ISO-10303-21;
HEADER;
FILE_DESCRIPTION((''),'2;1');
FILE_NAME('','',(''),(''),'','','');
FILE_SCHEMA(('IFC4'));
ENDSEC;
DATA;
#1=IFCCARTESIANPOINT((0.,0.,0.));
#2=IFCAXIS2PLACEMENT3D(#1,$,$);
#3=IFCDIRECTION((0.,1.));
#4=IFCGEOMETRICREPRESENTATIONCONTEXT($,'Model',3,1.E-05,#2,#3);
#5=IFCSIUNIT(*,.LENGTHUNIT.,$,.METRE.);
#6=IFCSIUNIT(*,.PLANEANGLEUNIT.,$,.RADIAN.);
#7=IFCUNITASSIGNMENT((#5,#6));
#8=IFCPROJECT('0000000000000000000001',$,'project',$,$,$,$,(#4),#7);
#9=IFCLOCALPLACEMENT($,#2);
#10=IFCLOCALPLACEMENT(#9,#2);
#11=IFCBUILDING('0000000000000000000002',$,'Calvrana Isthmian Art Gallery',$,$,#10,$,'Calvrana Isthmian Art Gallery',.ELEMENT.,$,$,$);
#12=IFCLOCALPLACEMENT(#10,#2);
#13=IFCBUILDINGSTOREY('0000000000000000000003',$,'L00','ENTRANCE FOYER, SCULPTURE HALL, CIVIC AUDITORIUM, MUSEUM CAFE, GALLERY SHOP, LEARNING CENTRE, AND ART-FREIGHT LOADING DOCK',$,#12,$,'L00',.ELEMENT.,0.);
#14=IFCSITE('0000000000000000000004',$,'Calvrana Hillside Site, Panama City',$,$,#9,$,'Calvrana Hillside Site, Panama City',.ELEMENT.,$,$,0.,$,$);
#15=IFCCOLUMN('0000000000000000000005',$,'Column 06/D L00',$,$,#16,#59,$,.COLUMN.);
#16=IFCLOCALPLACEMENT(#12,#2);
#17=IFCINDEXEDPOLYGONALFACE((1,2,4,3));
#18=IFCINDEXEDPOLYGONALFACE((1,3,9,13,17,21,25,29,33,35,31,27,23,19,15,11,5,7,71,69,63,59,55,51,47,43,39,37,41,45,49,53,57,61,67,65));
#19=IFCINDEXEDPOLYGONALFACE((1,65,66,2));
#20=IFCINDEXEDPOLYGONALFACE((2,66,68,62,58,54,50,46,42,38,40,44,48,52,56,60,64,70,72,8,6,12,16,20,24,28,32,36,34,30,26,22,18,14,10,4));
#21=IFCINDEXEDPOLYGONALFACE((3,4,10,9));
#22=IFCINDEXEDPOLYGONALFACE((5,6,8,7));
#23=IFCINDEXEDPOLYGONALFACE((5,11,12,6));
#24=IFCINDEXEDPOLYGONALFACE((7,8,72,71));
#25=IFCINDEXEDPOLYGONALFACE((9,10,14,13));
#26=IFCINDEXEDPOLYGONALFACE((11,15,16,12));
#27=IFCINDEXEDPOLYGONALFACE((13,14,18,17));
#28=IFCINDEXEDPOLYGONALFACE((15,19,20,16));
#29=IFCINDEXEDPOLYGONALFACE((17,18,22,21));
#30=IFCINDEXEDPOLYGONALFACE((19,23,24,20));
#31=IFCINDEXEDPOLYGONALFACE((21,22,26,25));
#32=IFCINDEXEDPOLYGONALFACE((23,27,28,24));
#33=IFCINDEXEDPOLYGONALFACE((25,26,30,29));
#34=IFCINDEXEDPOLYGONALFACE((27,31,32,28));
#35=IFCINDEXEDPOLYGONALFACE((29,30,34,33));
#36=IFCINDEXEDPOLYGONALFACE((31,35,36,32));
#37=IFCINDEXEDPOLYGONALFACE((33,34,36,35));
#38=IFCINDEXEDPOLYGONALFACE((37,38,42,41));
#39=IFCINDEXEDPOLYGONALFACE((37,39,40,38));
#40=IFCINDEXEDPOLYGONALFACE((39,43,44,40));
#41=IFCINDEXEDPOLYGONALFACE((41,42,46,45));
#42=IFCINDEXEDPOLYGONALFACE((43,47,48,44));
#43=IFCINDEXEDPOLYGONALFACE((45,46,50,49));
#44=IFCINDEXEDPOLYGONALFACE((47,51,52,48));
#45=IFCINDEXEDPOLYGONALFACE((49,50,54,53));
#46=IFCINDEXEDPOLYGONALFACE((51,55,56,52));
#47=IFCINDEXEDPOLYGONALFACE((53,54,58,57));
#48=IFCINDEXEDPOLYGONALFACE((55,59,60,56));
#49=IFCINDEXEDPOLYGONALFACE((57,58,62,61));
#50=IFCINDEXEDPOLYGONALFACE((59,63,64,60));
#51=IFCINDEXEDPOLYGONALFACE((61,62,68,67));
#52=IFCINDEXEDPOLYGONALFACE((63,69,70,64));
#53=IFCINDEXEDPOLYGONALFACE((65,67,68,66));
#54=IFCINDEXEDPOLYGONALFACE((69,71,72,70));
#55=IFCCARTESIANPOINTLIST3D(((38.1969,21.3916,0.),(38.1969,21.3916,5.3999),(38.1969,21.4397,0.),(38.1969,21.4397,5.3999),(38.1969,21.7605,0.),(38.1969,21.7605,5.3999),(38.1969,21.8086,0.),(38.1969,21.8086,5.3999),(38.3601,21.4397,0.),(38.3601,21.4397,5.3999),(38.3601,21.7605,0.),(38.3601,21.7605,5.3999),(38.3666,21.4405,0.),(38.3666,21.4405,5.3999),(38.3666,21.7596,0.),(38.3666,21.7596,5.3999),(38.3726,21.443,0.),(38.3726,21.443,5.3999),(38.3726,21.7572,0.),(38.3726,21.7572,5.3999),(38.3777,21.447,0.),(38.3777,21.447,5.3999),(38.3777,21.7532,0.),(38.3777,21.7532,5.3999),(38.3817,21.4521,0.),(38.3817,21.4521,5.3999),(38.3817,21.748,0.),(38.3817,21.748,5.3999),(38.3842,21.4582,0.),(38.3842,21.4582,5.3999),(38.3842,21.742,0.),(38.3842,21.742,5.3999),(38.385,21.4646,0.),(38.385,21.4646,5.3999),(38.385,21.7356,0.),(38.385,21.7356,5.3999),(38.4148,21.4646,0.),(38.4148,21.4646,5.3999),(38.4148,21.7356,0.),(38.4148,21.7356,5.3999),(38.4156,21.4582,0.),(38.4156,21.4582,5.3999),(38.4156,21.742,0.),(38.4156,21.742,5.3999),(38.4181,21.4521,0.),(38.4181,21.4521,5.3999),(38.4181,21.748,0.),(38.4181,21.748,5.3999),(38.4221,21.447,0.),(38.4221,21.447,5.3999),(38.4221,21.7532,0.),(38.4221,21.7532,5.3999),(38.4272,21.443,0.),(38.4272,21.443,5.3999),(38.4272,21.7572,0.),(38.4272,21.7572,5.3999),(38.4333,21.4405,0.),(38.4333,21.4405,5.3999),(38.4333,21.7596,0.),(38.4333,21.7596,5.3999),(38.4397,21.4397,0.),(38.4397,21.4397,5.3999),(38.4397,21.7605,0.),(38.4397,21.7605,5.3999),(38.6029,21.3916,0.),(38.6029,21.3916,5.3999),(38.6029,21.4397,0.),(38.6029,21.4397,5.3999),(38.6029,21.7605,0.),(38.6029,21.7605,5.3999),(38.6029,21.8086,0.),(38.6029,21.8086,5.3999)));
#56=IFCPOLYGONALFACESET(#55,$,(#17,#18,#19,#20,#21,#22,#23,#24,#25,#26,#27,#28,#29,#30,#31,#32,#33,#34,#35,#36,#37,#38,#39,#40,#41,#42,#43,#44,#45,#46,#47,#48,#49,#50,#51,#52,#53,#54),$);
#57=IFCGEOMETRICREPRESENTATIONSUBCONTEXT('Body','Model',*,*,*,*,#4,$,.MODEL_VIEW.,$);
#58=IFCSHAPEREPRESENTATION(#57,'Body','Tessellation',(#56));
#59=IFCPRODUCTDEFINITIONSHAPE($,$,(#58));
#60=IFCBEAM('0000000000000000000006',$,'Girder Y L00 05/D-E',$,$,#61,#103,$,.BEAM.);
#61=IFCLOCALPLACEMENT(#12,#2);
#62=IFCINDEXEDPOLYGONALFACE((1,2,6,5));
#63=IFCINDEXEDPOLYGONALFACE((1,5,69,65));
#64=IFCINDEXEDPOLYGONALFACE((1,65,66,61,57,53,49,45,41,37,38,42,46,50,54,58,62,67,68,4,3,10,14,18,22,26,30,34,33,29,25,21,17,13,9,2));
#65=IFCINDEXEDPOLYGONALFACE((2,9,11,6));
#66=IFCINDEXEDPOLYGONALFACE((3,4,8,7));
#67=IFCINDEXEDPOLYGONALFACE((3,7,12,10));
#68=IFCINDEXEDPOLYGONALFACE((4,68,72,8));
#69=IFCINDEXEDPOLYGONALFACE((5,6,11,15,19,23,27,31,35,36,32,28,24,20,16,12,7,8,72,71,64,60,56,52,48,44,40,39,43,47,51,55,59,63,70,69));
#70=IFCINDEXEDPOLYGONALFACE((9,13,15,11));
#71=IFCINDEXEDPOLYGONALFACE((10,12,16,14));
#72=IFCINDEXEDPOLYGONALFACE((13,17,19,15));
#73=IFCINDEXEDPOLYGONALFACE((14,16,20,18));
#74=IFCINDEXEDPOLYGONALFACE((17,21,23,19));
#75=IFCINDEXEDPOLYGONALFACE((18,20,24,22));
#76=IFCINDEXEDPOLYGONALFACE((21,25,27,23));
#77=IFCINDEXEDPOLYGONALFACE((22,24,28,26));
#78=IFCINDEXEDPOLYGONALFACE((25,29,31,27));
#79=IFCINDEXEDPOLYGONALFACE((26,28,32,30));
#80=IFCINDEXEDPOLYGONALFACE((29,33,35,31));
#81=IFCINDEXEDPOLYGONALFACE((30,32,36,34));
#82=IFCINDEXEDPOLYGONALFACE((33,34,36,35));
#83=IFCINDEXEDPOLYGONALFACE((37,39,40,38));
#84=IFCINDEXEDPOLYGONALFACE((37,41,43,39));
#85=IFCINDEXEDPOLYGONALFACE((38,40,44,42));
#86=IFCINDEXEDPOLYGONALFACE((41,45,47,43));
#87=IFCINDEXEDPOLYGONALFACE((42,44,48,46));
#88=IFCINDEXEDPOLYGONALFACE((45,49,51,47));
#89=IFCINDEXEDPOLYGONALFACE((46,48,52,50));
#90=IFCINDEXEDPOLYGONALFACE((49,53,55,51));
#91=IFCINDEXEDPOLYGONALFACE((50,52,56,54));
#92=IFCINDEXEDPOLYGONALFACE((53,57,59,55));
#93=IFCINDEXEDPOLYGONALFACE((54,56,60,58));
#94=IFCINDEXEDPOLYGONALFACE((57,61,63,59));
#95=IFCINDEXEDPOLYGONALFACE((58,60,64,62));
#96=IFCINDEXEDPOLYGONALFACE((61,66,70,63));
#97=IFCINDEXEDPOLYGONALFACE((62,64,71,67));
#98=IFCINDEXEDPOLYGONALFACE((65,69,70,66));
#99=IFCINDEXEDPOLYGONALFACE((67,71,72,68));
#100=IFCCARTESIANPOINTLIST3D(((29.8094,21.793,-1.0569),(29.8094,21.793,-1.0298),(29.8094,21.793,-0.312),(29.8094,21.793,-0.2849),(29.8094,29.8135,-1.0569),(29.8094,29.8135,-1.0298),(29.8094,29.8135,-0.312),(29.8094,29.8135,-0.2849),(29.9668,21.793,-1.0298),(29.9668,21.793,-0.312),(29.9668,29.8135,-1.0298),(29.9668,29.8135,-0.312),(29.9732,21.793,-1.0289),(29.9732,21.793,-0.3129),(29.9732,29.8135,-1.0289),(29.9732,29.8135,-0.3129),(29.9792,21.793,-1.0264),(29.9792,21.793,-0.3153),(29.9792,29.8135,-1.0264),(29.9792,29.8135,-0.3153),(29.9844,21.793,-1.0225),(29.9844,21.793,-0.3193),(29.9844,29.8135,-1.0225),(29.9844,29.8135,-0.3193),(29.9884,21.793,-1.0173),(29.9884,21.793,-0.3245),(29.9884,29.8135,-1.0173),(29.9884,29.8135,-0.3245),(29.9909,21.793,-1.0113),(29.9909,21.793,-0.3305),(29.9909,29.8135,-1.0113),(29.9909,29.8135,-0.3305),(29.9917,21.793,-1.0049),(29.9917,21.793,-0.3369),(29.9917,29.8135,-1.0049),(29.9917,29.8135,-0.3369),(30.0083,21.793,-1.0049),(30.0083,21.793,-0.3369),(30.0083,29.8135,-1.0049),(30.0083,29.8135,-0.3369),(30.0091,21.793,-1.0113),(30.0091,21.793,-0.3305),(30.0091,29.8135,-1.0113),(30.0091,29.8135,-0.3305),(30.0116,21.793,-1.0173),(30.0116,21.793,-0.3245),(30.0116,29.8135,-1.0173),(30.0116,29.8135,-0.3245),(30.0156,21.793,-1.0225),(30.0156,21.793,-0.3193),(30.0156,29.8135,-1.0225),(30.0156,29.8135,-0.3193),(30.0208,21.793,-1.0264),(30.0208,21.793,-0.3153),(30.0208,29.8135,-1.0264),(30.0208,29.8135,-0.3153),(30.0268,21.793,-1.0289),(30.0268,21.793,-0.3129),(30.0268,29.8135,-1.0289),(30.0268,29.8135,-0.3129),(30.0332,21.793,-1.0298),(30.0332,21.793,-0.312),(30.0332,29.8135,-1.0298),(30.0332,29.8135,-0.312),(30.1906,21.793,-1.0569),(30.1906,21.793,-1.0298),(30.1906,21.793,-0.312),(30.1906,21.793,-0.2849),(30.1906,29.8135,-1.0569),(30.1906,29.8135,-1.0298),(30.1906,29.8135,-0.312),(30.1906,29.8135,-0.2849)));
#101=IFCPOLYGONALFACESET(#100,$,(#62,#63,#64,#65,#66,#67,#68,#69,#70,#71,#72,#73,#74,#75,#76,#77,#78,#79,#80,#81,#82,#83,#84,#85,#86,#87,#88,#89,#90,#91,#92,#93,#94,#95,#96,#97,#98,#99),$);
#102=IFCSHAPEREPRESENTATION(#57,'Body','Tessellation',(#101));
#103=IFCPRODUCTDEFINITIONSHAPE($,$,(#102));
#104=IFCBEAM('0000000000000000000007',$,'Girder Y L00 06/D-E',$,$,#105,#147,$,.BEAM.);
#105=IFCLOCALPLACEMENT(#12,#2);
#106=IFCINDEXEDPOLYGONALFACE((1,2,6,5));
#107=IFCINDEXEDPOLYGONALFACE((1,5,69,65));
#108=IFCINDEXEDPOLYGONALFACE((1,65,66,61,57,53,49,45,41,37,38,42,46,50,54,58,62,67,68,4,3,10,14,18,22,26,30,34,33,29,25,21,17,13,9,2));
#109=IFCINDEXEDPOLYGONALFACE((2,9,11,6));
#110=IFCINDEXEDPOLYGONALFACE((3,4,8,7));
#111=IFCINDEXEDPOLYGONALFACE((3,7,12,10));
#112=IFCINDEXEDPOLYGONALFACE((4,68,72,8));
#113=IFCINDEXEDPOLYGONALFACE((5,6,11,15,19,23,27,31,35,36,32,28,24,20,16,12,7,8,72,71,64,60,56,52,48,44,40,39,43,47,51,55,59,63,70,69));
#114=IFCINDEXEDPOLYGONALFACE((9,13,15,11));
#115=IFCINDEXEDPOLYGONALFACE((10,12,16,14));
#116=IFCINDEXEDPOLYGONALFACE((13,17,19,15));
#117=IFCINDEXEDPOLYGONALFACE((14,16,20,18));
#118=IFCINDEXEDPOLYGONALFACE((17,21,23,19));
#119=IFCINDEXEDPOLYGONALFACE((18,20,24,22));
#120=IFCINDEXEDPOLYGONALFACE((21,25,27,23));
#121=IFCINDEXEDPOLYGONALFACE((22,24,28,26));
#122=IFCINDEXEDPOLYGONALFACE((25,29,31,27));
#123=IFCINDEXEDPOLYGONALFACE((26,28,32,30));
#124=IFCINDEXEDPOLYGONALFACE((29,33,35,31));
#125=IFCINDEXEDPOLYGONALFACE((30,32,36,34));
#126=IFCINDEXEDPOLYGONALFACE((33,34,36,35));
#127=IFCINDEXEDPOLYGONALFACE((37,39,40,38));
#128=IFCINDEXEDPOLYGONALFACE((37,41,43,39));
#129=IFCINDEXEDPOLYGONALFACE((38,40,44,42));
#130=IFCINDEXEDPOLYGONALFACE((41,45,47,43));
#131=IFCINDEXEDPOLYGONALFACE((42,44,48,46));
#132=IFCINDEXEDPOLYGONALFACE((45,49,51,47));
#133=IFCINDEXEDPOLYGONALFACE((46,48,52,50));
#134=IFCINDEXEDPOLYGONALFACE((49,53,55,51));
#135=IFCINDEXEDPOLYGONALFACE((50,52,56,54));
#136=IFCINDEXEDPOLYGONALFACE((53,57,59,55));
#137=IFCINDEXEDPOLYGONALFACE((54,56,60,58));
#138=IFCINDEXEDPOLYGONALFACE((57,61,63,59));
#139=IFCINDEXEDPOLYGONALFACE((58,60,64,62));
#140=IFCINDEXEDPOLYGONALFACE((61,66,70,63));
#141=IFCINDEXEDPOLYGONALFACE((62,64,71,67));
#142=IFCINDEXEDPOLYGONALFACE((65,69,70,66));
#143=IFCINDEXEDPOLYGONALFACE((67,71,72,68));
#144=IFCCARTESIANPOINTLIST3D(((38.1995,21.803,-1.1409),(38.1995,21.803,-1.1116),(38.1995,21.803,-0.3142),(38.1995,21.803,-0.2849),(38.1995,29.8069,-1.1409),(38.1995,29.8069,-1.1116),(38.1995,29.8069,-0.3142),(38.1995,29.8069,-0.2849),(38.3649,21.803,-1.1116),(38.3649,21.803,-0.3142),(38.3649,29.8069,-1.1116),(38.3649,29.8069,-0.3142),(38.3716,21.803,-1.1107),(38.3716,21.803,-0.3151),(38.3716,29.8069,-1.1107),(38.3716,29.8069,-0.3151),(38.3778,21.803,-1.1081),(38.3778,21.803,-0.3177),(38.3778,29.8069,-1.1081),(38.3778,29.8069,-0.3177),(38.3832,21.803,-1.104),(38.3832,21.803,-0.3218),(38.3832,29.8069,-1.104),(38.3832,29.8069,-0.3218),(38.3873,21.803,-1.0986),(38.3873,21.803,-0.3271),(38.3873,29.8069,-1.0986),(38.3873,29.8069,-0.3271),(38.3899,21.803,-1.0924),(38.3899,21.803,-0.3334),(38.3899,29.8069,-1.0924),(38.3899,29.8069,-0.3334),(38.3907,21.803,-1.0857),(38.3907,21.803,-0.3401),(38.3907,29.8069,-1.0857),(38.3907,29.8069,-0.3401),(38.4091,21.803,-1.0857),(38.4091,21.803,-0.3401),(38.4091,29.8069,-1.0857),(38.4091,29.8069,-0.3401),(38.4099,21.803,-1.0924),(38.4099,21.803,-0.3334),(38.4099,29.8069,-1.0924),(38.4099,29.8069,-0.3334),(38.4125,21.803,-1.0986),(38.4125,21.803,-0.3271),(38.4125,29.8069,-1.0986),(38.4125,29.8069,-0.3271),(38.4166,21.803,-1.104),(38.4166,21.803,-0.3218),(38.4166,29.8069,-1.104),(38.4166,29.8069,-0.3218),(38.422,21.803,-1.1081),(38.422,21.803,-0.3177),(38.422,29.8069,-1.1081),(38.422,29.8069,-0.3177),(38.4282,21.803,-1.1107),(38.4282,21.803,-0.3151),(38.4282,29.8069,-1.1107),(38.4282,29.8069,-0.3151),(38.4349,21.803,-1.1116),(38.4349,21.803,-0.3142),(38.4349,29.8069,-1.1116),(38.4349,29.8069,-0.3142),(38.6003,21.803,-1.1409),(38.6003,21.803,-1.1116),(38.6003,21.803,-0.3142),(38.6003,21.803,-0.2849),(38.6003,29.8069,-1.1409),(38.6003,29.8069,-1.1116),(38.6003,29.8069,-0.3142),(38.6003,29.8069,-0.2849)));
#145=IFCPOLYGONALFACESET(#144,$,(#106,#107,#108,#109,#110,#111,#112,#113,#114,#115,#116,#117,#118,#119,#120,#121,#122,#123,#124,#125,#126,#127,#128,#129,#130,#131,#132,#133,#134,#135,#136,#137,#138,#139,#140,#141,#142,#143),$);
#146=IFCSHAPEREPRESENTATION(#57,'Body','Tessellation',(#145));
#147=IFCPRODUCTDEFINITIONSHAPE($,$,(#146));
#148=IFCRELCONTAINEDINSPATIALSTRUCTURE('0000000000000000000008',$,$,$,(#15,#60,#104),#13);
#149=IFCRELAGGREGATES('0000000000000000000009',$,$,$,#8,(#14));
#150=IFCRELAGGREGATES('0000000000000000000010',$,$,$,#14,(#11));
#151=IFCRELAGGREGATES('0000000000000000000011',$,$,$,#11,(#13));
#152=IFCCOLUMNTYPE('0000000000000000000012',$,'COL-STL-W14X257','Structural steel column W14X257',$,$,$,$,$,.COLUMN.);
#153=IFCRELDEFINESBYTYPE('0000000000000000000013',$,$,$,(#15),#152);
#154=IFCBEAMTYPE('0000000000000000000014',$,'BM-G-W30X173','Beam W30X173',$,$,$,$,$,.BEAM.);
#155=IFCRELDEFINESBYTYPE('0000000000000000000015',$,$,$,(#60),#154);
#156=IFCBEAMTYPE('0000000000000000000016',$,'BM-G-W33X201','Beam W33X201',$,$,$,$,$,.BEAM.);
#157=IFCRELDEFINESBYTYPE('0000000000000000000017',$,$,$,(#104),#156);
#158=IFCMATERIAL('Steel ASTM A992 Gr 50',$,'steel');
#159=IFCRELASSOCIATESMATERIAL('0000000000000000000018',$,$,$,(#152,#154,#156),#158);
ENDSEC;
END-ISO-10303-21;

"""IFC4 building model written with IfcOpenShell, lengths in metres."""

from ifc_helpers import new_model, si_unit, direction, frame, origin, origin_2d, place, context, subcontext, project, spatial, i_section, extrude, material, material_profile, profile_set, type_object, element, save


model = new_model("IFC4")

# Units and contexts
model_context = context("Model", 3, precision=1e-05, world=origin(), true_north=direction((0.0, 1.0)))
body_context = subcontext(model_context, "Body", "Model", "MODEL_VIEW")
ifc_project = project(units=[si_unit("LENGTHUNIT", "METRE"), si_unit("PLANEANGLEUNIT", "RADIAN")], contexts=[model_context])

# Site, building, storey
site_placement = place(None, origin())
site = spatial("IfcSite", under=ifc_project, at=site_placement, Name="Calvrana Hillside Site, Panama City", LongName="Calvrana Hillside Site, Panama City", CompositionType="ELEMENT", RefElevation=0.0)
building_placement = place(site_placement, origin())
building = spatial("IfcBuilding", under=site, at=building_placement, Name="Calvrana Isthmian Art Gallery", LongName="Calvrana Isthmian Art Gallery", CompositionType="ELEMENT")
storey_placement = place(building_placement, origin())
storey = spatial("IfcBuildingStorey", under=building, at=storey_placement, Name="L00", Description="ENTRANCE FOYER, SCULPTURE HALL, CIVIC AUDITORIUM, MUSEUM CAFE, GALLERY SHOP, LEARNING CENTRE, AND ART-FREIGHT LOADING DOCK", LongName="L00", CompositionType="ELEMENT", Elevation=0.0)

# Column
ifc_material_1 = material(Name="Steel ASTM A992 Gr 50", Category="steel")
ifc_material_profile_1 = material_profile(ifc_material_1, i_section(OverallWidth=0.406, OverallDepth=0.417, WebThickness=0.0298, FlangeThickness=0.0481, FilletRadius=0.0249, at=origin_2d()), Name="W14X257")
ifc_profile_set_1 = profile_set([ifc_material_profile_1], Name="Steel ASTM A992 Gr 50")
column_type = type_object("IfcColumnType", Name="COL-STL-W14X257", Description="Structural steel column W14X257", PredefinedType="COLUMN", material=ifc_profile_set_1)
column_placement = place(storey_placement, frame((38.3999, 21.6001, 0.0), z_axis=(0.0, 0.0, 1.0), x_axis=(1.0, 0.0, 0.0)))
element("IfcColumn", 1, at=column_placement, inside=storey, type_object=column_type, Name="Column 06/D L00", PredefinedType="COLUMN", context=body_context, shape_type="SweptSolid", body=[
    extrude(i_section(OverallWidth=0.406, OverallDepth=0.417, WebThickness=0.0298, FlangeThickness=0.0481, FilletRadius=0.0249, at=origin_2d()), origin(), (0.0, 0.0, 1.0), 5.3999),
])

# Beams
ifc_material_profile_2 = material_profile(ifc_material_1, i_section(OverallWidth=0.3811, OverallDepth=0.772, WebThickness=0.0166, FlangeThickness=0.0271, FilletRadius=0.0249, at=origin_2d()), Name="W30X173")
ifc_profile_set_2 = profile_set([ifc_material_profile_2], Name="Steel ASTM A992 Gr 50")
beam_type_1 = type_object("IfcBeamType", Name="BM-G-W30X173", Description="Beam W30X173", PredefinedType="BEAM", material=ifc_profile_set_2)
beam_1_placement = place(storey_placement, frame((30.0, 21.793, -0.6709), z_axis=(0.0, 1.0, 0.0), x_axis=(-1.0, 0.0, 0.0)))
element("IfcBeam", 2, at=beam_1_placement, inside=storey, type_object=beam_type_1, Name="Girder Y L00 05/D-E", PredefinedType="BEAM", context=body_context, shape_type="SweptSolid", body=[
    extrude(i_section(OverallWidth=0.3811, OverallDepth=0.772, WebThickness=0.0166, FlangeThickness=0.0271, FilletRadius=0.0249, at=origin_2d()), origin(), (0.0, 0.0, 1.0), 8.0205),
])
ifc_material_profile_3 = material_profile(ifc_material_1, i_section(OverallWidth=0.4009, OverallDepth=0.856, WebThickness=0.0183, FlangeThickness=0.0293, FilletRadius=0.0259, at=origin_2d()), Name="W33X201")
ifc_profile_set_3 = profile_set([ifc_material_profile_3], Name="Steel ASTM A992 Gr 50")
beam_type_2 = type_object("IfcBeamType", Name="BM-G-W33X201", Description="Beam W33X201", PredefinedType="BEAM", material=ifc_profile_set_3)
beam_2_placement = place(storey_placement, frame((38.3999, 21.803, -0.7129), z_axis=(0.0, 1.0, 0.0), x_axis=(-1.0, 0.0, 0.0)))
element("IfcBeam", 3, at=beam_2_placement, inside=storey, type_object=beam_type_2, Name="Girder Y L00 06/D-E", PredefinedType="BEAM", context=body_context, shape_type="SweptSolid", body=[
    extrude(i_section(OverallWidth=0.4009, OverallDepth=0.856, WebThickness=0.0183, FlangeThickness=0.0293, FilletRadius=0.0259, at=origin_2d()), origin(), (0.0, 0.0, 1.0), 8.0039),
])

save(model, "model.ifc")
